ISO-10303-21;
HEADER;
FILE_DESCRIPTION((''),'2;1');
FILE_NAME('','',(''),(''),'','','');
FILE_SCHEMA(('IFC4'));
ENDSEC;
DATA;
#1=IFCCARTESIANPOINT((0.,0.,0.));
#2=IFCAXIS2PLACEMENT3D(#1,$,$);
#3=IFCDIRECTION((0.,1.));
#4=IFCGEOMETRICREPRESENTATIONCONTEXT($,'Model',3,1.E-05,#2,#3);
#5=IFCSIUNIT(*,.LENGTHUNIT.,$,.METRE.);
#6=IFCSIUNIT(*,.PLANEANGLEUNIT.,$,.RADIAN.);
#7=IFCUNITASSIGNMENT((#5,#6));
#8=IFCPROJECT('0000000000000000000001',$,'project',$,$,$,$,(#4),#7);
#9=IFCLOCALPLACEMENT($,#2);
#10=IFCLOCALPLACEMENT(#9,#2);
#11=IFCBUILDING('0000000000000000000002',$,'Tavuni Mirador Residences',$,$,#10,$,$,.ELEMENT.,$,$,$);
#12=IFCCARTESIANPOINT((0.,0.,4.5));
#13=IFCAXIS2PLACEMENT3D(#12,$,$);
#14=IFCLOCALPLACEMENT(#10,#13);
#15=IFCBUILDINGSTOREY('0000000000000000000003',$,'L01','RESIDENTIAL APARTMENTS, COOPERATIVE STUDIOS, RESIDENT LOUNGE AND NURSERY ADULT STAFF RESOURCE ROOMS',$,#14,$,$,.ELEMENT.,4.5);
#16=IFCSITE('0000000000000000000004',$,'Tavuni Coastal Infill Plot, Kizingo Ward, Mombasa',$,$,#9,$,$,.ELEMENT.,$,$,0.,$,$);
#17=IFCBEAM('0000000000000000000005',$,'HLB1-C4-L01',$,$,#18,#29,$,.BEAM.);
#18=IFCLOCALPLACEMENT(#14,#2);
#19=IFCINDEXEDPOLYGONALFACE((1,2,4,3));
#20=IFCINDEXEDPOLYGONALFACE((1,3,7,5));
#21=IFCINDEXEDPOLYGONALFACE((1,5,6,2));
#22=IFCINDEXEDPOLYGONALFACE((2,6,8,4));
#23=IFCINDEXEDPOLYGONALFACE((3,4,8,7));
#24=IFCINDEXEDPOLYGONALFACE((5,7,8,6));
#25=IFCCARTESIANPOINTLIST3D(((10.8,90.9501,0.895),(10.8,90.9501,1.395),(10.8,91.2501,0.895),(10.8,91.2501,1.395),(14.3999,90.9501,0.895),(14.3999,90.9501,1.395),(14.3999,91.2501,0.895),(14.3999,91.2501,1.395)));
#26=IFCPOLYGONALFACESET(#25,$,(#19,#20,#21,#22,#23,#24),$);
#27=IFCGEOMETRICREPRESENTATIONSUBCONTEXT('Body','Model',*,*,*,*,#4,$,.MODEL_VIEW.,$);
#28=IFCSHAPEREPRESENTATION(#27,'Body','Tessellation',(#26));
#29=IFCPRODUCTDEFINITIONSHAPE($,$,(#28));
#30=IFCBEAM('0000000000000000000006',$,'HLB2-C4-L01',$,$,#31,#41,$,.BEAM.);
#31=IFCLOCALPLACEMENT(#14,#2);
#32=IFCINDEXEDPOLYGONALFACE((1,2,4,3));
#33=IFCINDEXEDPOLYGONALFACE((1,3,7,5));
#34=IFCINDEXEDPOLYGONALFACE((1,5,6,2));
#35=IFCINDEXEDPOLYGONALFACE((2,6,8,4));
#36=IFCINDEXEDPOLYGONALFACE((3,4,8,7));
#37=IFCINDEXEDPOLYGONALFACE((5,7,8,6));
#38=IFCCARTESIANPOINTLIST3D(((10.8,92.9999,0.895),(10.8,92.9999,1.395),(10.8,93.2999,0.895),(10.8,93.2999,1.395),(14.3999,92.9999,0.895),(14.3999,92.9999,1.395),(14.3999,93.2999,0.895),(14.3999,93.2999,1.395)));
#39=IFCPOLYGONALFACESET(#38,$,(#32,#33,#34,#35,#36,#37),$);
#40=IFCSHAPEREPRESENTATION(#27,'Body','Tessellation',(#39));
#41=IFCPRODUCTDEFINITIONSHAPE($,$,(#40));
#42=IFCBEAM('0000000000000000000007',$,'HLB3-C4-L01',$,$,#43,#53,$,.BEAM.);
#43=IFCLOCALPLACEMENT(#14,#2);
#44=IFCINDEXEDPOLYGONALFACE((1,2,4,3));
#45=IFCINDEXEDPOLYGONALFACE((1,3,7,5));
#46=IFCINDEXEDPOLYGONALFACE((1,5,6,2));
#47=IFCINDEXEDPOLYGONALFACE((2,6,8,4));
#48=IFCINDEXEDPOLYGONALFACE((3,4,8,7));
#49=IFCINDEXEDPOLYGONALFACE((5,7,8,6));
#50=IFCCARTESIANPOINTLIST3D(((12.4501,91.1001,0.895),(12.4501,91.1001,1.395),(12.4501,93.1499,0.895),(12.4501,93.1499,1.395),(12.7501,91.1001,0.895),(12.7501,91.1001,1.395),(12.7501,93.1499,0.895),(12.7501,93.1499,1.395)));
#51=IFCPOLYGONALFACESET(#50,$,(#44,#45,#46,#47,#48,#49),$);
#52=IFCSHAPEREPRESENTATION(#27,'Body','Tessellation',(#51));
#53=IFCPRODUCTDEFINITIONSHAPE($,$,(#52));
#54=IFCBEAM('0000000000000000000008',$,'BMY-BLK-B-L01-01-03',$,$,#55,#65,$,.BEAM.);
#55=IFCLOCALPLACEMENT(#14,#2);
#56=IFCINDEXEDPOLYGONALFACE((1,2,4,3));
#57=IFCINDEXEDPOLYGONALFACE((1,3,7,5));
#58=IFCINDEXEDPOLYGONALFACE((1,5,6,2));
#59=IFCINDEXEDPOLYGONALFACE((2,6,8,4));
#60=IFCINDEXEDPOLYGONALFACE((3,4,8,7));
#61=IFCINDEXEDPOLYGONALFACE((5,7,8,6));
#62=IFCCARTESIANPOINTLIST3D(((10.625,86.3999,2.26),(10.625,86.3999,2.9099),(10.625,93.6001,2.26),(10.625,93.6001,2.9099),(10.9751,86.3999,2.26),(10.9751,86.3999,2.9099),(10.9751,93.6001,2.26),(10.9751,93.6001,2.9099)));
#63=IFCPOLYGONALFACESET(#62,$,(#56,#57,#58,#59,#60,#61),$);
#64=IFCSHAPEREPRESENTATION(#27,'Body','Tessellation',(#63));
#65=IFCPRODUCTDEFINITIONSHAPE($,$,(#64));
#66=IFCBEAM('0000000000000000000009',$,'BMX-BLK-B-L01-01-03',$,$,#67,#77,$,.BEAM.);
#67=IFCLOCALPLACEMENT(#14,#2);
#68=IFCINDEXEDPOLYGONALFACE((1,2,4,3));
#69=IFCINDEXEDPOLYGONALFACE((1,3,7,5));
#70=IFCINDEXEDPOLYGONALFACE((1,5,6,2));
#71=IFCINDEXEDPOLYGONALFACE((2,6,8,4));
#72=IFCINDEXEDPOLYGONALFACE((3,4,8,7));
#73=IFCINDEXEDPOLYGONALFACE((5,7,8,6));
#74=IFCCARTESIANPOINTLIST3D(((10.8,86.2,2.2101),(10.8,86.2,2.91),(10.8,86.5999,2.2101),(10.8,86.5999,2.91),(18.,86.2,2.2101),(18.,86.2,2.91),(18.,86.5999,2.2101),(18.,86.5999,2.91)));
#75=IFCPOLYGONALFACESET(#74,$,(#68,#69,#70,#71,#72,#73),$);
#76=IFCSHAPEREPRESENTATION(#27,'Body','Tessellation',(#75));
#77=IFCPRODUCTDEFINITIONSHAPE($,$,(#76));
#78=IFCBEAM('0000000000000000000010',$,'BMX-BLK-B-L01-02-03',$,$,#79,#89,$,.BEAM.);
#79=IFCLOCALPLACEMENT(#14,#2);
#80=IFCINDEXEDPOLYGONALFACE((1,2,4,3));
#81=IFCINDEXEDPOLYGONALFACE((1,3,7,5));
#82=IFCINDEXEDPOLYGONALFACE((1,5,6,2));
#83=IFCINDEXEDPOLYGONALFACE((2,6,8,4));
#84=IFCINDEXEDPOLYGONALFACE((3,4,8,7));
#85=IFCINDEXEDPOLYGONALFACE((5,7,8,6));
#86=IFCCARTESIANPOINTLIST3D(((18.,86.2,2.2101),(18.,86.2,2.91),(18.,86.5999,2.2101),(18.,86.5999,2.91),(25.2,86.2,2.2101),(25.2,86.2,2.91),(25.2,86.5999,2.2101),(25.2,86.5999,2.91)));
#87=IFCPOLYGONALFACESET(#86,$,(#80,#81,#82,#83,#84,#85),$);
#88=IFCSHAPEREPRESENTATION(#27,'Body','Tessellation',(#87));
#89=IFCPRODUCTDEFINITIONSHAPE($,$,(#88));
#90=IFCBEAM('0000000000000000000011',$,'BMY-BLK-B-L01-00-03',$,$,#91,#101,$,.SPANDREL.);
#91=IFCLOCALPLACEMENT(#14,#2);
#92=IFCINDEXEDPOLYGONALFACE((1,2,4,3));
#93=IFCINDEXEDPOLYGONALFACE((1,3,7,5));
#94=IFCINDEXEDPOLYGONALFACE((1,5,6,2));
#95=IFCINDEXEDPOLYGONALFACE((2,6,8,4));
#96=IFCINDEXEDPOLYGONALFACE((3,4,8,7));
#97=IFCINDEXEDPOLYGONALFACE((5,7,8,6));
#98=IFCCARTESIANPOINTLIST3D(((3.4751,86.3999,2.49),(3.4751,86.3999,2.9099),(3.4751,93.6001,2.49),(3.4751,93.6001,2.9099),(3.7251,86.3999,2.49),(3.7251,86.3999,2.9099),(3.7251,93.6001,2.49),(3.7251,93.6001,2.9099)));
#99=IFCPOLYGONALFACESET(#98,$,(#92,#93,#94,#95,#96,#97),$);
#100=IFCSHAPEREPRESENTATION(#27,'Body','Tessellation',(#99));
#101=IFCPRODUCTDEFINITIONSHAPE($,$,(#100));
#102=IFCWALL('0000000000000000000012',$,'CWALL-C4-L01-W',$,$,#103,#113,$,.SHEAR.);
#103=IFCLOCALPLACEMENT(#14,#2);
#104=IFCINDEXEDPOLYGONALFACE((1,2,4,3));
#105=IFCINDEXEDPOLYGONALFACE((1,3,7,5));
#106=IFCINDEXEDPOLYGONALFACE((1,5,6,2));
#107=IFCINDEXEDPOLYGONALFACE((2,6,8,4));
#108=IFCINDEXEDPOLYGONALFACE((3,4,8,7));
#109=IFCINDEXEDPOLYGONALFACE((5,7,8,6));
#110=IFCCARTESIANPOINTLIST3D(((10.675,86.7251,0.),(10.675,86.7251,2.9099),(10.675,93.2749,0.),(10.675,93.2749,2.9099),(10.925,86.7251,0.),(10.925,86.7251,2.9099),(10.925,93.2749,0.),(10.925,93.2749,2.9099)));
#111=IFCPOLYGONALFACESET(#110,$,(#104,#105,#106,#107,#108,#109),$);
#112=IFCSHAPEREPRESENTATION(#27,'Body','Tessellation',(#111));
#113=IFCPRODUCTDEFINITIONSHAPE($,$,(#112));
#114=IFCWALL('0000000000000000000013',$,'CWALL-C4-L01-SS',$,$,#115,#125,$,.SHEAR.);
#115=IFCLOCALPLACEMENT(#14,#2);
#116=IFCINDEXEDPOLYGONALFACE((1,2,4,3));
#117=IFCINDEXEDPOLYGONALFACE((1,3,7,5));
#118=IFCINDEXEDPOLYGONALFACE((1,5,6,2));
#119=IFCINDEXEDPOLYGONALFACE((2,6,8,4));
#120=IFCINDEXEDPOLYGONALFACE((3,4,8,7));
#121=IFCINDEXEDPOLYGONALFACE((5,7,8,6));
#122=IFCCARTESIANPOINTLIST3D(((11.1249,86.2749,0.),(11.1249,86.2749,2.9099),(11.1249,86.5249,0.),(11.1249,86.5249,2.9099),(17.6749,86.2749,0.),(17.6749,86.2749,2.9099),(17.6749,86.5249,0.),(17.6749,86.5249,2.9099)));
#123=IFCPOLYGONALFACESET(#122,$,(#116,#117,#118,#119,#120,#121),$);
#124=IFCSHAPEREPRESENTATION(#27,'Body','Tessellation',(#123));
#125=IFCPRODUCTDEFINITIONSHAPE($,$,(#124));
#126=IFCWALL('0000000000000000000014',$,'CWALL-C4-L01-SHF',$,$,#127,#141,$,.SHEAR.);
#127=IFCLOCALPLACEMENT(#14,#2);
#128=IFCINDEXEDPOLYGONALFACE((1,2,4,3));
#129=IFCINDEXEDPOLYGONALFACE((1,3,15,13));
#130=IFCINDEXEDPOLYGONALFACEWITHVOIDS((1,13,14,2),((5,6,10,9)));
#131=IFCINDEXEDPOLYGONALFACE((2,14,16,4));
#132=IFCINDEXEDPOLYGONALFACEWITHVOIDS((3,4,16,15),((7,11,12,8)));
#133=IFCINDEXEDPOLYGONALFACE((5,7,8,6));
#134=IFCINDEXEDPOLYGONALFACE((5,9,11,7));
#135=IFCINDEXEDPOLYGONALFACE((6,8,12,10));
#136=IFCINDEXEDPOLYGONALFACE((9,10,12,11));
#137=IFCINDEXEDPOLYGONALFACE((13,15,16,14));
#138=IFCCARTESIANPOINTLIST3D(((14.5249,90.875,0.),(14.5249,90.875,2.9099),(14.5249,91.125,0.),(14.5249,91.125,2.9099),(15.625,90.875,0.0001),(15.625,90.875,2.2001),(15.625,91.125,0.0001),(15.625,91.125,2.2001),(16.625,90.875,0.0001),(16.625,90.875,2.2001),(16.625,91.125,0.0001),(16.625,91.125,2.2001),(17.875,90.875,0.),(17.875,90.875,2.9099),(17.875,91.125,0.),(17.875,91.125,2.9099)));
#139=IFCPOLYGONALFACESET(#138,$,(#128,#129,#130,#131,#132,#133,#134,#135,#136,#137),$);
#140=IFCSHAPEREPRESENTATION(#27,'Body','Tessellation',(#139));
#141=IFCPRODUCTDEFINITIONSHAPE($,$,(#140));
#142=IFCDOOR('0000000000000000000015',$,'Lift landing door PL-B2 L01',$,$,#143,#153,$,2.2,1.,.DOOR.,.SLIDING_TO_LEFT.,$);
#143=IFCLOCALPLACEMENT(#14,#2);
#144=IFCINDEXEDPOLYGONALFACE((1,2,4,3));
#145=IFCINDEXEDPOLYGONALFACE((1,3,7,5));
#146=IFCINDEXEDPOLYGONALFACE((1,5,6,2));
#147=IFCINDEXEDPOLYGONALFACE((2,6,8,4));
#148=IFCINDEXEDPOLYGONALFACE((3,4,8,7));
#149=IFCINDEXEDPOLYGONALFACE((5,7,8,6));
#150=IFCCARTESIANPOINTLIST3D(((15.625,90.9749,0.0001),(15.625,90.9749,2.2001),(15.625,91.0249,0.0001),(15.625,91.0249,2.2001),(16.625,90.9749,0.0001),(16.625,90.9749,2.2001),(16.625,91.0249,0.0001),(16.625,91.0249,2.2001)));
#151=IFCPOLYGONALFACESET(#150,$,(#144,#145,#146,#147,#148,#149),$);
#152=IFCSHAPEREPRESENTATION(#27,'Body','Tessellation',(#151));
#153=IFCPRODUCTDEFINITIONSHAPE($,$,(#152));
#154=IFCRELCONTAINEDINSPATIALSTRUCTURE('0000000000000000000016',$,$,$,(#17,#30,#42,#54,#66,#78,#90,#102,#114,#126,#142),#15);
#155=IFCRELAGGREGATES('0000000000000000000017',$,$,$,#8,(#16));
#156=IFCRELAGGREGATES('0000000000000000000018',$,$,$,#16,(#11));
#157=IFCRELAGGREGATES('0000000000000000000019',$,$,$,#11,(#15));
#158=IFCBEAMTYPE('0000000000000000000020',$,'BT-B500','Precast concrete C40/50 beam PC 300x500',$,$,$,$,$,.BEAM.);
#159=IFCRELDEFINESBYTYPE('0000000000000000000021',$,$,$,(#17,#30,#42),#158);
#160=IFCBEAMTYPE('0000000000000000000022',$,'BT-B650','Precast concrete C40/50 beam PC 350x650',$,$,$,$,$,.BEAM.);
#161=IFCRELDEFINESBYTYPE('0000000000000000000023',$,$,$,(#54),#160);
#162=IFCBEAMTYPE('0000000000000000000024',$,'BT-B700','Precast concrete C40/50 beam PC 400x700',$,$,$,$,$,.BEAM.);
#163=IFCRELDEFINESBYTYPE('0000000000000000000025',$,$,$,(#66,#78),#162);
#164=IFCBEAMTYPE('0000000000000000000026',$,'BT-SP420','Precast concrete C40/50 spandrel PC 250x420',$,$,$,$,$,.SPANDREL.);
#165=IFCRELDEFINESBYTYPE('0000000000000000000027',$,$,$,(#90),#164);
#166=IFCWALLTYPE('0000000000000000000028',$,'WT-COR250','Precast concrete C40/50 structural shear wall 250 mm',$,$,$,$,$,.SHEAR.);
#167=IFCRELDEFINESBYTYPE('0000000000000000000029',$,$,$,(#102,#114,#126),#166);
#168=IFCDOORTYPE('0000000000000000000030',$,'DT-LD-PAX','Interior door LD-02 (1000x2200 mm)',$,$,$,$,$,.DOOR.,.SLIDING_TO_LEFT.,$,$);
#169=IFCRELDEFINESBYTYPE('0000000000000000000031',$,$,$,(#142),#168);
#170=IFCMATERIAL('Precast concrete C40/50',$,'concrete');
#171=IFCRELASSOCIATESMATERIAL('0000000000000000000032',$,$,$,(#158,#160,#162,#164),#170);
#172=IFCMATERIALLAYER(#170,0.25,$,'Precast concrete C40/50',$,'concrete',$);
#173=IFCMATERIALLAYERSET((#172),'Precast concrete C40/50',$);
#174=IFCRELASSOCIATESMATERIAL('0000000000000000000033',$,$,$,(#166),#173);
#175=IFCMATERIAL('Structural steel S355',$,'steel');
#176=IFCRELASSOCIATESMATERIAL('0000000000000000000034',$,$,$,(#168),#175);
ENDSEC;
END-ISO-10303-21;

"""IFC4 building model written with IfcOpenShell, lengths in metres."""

from ifc_helpers import new_model, si_unit, direction, frame, frame_2d, origin, origin_2d, place, context, subcontext, project, spatial, rectangle, extrude, material, layer, layer_set, material_profile, profile_set, type_object, element, fill, save


model = new_model("IFC4")

# Units and contexts
model_context = context("Model", 3, precision=1e-05, world=origin(), true_north=direction((0.0, 1.0)))
body_context = subcontext(model_context, "Body", "Model", "MODEL_VIEW")
ifc_project = project(units=[si_unit("LENGTHUNIT", "METRE"), si_unit("PLANEANGLEUNIT", "RADIAN")], contexts=[model_context])

# Site, building, storey
site_placement = place(None, origin())
site = spatial("IfcSite", under=ifc_project, at=site_placement, Name="Tavuni Coastal Infill Plot, Kizingo Ward, Mombasa", CompositionType="ELEMENT", RefElevation=0.0)
building_placement = place(site_placement, origin())
building = spatial("IfcBuilding", under=site, at=building_placement, Name="Tavuni Mirador Residences", CompositionType="ELEMENT")
storey_placement = place(building_placement, frame((0.0, 0.0, 4.5)))
storey = spatial("IfcBuildingStorey", under=building, at=storey_placement, Name="L01", Description="RESIDENTIAL APARTMENTS, COOPERATIVE STUDIOS, RESIDENT LOUNGE AND NURSERY ADULT STAFF RESOURCE ROOMS", CompositionType="ELEMENT", Elevation=4.5)

# Beams
ifc_material_1 = material(Name="Precast concrete C40/50", Category="concrete")
ifc_material_profile_1 = material_profile(ifc_material_1, rectangle(XDim=0.3, YDim=0.5, at=origin_2d()), Name="PC 300x500", Category="concrete")
ifc_profile_set_1 = profile_set([ifc_material_profile_1], Name="Precast concrete C40/50")
beam_type_1 = type_object("IfcBeamType", Name="BT-B500", Description="Precast concrete C40/50 beam PC 300x500", PredefinedType="BEAM", material=ifc_profile_set_1)
for number, where, z_axis, x_axis, name in (
    (1, (10.8, 91.1001, 1.145), (1.0, 0.0, 0.0), (0.0, 1.0, 0.0), "HLB1-C4-L01"),
    (2, (10.8, 93.1499, 1.145), (1.0, 0.0, 0.0), (0.0, 1.0, 0.0), "HLB2-C4-L01"),
):
    element("IfcBeam", number, at=place(storey_placement, frame(where, z_axis=z_axis, x_axis=x_axis)), inside=storey, type_object=beam_type_1, Name=name, PredefinedType="BEAM", context=body_context, shape_type="SweptSolid", body=[
        extrude(rectangle(XDim=0.3, YDim=0.5, at=origin_2d()), origin(), (0.0, 0.0, 1.0), 3.5999),
    ])
beam_1_placement = place(storey_placement, frame((12.6001, 91.1001, 1.145), z_axis=(0.0, 1.0, 0.0), x_axis=(-1.0, 0.0, 0.0)))
element("IfcBeam", 3, at=beam_1_placement, inside=storey, type_object=beam_type_1, Name="HLB3-C4-L01", PredefinedType="BEAM", context=body_context, shape_type="SweptSolid", body=[
    extrude(rectangle(XDim=0.3, YDim=0.5, at=origin_2d()), origin(), (0.0, 0.0, 1.0), 2.0498),
])
ifc_material_profile_2 = material_profile(ifc_material_1, rectangle(XDim=0.3501, YDim=0.6499, at=origin_2d()), Name="PC 350x650", Category="concrete")
ifc_profile_set_2 = profile_set([ifc_material_profile_2], Name="Precast concrete C40/50")
beam_type_2 = type_object("IfcBeamType", Name="BT-B650", Description="Precast concrete C40/50 beam PC 350x650", PredefinedType="BEAM", material=ifc_profile_set_2)
beam_2_placement = place(storey_placement, frame((10.8, 86.3999, 2.585), z_axis=(0.0, 1.0, 0.0), x_axis=(-1.0, 0.0, 0.0)))
element("IfcBeam", 4, at=beam_2_placement, inside=storey, type_object=beam_type_2, Name="BMY-BLK-B-L01-01-03", PredefinedType="BEAM", context=body_context, shape_type="SweptSolid", body=[
    extrude(rectangle(XDim=0.3501, YDim=0.6499, at=origin_2d()), origin(), (0.0, 0.0, 1.0), 7.2002),
])
ifc_material_profile_3 = material_profile(ifc_material_1, rectangle(XDim=0.3999, YDim=0.7, at=origin_2d()), Name="PC 400x700", Category="concrete")
ifc_profile_set_3 = profile_set([ifc_material_profile_3], Name="Precast concrete C40/50")
beam_type_3 = type_object("IfcBeamType", Name="BT-B700", Description="Precast concrete C40/50 beam PC 400x700", PredefinedType="BEAM", material=ifc_profile_set_3)
for number, where, z_axis, x_axis, name in (
    (5, (10.8, 86.3999, 2.5601), (1.0, 0.0, 0.0), (0.0, 1.0, 0.0), "BMX-BLK-B-L01-01-03"),
    (6, (18.0, 86.3999, 2.5601), (1.0, 0.0, 0.0), (0.0, 1.0, 0.0), "BMX-BLK-B-L01-02-03"),
):
    element("IfcBeam", number, at=place(storey_placement, frame(where, z_axis=z_axis, x_axis=x_axis)), inside=storey, type_object=beam_type_3, Name=name, PredefinedType="BEAM", context=body_context, shape_type="SweptSolid", body=[
        extrude(rectangle(XDim=0.3999, YDim=0.7, at=origin_2d()), origin(), (0.0, 0.0, 1.0), 7.2),
    ])
ifc_material_profile_4 = material_profile(ifc_material_1, rectangle(XDim=0.25, YDim=0.4199, at=origin_2d()), Name="PC 250x420", Category="concrete")
ifc_profile_set_4 = profile_set([ifc_material_profile_4], Name="Precast concrete C40/50")
beam_type_4 = type_object("IfcBeamType", Name="BT-SP420", Description="Precast concrete C40/50 spandrel PC 250x420", PredefinedType="SPANDREL", material=ifc_profile_set_4)
beam_3_placement = place(storey_placement, frame((3.6001, 86.3999, 2.7), z_axis=(0.0, 1.0, 0.0), x_axis=(-1.0, 0.0, 0.0)))
element("IfcBeam", 7, at=beam_3_placement, inside=storey, type_object=beam_type_4, Name="BMY-BLK-B-L01-00-03", PredefinedType="SPANDREL", context=body_context, shape_type="SweptSolid", body=[
    extrude(rectangle(XDim=0.25, YDim=0.4199, at=origin_2d()), origin(), (0.0, 0.0, 1.0), 7.2002),
])

# Walls
ifc_layer_1 = layer(ifc_material_1, 0.25, Name="Precast concrete C40/50", Category="concrete")
ifc_layer_set_1 = layer_set([ifc_layer_1], Name="Precast concrete C40/50")
wall_type_1 = type_object("IfcWallType", Name="WT-COR250", Description="Precast concrete C40/50 structural shear wall 250 mm", PredefinedType="SHEAR", material=ifc_layer_set_1)
wall_1_placement = place(storey_placement, frame((10.8, 86.7251, 0.0), z_axis=(0.0, 0.0, 1.0), x_axis=(0.0, 1.0, 0.0)))
element("IfcWall", 8, at=wall_1_placement, inside=storey, type_object=wall_type_1, Name="CWALL-C4-L01-W", PredefinedType="SHEAR", context=body_context, shape_type="SweptSolid", body=[
    extrude(rectangle(XDim=6.5498, YDim=0.25, at=frame_2d((3.2749, 0.0))), origin(), (0.0, 0.0, 1.0), 2.9099),
])
wall_2_placement = place(storey_placement, frame((11.125, 86.3999, 0.0), z_axis=(0.0, 0.0, 1.0), x_axis=(1.0, 0.0, 0.0)))
element("IfcWall", 9, at=wall_2_placement, inside=storey, type_object=wall_type_1, Name="CWALL-C4-L01-SS", PredefinedType="SHEAR", context=body_context, shape_type="SweptSolid", body=[
    extrude(rectangle(XDim=6.55, YDim=0.25, at=frame_2d((3.2749, 0.0))), origin(), (0.0, 0.0, 1.0), 2.9099),
])

# Wall, opening, door
wall_3_placement = place(storey_placement, frame((14.5249, 91.0, 0.0), z_axis=(0.0, 0.0, 1.0), x_axis=(1.0, 0.0, 0.0)))
wall_3 = element("IfcWall", 10, at=wall_3_placement, inside=storey, type_object=wall_type_1, Name="CWALL-C4-L01-SHF", PredefinedType="SHEAR", context=body_context, shape_type="SweptSolid", body=[
    extrude(rectangle(XDim=3.3501, YDim=0.25, at=frame_2d((1.675, 0.0))), origin(), (0.0, 0.0, 1.0), 2.9099),
])
opening_1_placement = place(wall_3_placement, frame((1.1001, 0.0, 0.0)))
opening_1 = element("IfcOpeningElement", 11, at=opening_1_placement, cuts=wall_3, PredefinedType="OPENING", context=body_context, shape_type="SweptSolid", body=[
    extrude(rectangle(XDim=1.0, YDim=2.2, at=frame_2d((0.5, 1.1001))), frame((0.0, 0.135, 0.0), z_axis=(0.0, -1.0, 0.0), x_axis=(1.0, 0.0, 0.0)), (0.0, 0.0, 1.0), 0.27),
])
ifc_material_2 = material(Name="Structural steel S355", Category="steel")
door_type_1 = type_object("IfcDoorType", Name="DT-LD-PAX", Description="Interior door LD-02 (1000x2200 mm)", OperationType="SLIDING_TO_LEFT", PredefinedType="DOOR", material=ifc_material_2)
door_1_placement = place(opening_1_placement, origin())
door_1 = element("IfcDoor", 12, at=door_1_placement, inside=storey, type_object=door_type_1, Name="Lift landing door PL-B2 L01", OperationType="SLIDING_TO_LEFT", OverallHeight=2.2, OverallWidth=1.0, PredefinedType="DOOR", context=body_context, shape_type="SweptSolid", body=[
    extrude(rectangle(XDim=1.0, YDim=2.2, at=frame_2d((0.5, 1.1001))), frame((0.0, 0.0249, 0.0), z_axis=(0.0, -1.0, 0.0), x_axis=(1.0, 0.0, 0.0)), (0.0, 0.0, 1.0), 0.05),
])
fill(opening_1, door_1)

save(model, "model.ifc")
